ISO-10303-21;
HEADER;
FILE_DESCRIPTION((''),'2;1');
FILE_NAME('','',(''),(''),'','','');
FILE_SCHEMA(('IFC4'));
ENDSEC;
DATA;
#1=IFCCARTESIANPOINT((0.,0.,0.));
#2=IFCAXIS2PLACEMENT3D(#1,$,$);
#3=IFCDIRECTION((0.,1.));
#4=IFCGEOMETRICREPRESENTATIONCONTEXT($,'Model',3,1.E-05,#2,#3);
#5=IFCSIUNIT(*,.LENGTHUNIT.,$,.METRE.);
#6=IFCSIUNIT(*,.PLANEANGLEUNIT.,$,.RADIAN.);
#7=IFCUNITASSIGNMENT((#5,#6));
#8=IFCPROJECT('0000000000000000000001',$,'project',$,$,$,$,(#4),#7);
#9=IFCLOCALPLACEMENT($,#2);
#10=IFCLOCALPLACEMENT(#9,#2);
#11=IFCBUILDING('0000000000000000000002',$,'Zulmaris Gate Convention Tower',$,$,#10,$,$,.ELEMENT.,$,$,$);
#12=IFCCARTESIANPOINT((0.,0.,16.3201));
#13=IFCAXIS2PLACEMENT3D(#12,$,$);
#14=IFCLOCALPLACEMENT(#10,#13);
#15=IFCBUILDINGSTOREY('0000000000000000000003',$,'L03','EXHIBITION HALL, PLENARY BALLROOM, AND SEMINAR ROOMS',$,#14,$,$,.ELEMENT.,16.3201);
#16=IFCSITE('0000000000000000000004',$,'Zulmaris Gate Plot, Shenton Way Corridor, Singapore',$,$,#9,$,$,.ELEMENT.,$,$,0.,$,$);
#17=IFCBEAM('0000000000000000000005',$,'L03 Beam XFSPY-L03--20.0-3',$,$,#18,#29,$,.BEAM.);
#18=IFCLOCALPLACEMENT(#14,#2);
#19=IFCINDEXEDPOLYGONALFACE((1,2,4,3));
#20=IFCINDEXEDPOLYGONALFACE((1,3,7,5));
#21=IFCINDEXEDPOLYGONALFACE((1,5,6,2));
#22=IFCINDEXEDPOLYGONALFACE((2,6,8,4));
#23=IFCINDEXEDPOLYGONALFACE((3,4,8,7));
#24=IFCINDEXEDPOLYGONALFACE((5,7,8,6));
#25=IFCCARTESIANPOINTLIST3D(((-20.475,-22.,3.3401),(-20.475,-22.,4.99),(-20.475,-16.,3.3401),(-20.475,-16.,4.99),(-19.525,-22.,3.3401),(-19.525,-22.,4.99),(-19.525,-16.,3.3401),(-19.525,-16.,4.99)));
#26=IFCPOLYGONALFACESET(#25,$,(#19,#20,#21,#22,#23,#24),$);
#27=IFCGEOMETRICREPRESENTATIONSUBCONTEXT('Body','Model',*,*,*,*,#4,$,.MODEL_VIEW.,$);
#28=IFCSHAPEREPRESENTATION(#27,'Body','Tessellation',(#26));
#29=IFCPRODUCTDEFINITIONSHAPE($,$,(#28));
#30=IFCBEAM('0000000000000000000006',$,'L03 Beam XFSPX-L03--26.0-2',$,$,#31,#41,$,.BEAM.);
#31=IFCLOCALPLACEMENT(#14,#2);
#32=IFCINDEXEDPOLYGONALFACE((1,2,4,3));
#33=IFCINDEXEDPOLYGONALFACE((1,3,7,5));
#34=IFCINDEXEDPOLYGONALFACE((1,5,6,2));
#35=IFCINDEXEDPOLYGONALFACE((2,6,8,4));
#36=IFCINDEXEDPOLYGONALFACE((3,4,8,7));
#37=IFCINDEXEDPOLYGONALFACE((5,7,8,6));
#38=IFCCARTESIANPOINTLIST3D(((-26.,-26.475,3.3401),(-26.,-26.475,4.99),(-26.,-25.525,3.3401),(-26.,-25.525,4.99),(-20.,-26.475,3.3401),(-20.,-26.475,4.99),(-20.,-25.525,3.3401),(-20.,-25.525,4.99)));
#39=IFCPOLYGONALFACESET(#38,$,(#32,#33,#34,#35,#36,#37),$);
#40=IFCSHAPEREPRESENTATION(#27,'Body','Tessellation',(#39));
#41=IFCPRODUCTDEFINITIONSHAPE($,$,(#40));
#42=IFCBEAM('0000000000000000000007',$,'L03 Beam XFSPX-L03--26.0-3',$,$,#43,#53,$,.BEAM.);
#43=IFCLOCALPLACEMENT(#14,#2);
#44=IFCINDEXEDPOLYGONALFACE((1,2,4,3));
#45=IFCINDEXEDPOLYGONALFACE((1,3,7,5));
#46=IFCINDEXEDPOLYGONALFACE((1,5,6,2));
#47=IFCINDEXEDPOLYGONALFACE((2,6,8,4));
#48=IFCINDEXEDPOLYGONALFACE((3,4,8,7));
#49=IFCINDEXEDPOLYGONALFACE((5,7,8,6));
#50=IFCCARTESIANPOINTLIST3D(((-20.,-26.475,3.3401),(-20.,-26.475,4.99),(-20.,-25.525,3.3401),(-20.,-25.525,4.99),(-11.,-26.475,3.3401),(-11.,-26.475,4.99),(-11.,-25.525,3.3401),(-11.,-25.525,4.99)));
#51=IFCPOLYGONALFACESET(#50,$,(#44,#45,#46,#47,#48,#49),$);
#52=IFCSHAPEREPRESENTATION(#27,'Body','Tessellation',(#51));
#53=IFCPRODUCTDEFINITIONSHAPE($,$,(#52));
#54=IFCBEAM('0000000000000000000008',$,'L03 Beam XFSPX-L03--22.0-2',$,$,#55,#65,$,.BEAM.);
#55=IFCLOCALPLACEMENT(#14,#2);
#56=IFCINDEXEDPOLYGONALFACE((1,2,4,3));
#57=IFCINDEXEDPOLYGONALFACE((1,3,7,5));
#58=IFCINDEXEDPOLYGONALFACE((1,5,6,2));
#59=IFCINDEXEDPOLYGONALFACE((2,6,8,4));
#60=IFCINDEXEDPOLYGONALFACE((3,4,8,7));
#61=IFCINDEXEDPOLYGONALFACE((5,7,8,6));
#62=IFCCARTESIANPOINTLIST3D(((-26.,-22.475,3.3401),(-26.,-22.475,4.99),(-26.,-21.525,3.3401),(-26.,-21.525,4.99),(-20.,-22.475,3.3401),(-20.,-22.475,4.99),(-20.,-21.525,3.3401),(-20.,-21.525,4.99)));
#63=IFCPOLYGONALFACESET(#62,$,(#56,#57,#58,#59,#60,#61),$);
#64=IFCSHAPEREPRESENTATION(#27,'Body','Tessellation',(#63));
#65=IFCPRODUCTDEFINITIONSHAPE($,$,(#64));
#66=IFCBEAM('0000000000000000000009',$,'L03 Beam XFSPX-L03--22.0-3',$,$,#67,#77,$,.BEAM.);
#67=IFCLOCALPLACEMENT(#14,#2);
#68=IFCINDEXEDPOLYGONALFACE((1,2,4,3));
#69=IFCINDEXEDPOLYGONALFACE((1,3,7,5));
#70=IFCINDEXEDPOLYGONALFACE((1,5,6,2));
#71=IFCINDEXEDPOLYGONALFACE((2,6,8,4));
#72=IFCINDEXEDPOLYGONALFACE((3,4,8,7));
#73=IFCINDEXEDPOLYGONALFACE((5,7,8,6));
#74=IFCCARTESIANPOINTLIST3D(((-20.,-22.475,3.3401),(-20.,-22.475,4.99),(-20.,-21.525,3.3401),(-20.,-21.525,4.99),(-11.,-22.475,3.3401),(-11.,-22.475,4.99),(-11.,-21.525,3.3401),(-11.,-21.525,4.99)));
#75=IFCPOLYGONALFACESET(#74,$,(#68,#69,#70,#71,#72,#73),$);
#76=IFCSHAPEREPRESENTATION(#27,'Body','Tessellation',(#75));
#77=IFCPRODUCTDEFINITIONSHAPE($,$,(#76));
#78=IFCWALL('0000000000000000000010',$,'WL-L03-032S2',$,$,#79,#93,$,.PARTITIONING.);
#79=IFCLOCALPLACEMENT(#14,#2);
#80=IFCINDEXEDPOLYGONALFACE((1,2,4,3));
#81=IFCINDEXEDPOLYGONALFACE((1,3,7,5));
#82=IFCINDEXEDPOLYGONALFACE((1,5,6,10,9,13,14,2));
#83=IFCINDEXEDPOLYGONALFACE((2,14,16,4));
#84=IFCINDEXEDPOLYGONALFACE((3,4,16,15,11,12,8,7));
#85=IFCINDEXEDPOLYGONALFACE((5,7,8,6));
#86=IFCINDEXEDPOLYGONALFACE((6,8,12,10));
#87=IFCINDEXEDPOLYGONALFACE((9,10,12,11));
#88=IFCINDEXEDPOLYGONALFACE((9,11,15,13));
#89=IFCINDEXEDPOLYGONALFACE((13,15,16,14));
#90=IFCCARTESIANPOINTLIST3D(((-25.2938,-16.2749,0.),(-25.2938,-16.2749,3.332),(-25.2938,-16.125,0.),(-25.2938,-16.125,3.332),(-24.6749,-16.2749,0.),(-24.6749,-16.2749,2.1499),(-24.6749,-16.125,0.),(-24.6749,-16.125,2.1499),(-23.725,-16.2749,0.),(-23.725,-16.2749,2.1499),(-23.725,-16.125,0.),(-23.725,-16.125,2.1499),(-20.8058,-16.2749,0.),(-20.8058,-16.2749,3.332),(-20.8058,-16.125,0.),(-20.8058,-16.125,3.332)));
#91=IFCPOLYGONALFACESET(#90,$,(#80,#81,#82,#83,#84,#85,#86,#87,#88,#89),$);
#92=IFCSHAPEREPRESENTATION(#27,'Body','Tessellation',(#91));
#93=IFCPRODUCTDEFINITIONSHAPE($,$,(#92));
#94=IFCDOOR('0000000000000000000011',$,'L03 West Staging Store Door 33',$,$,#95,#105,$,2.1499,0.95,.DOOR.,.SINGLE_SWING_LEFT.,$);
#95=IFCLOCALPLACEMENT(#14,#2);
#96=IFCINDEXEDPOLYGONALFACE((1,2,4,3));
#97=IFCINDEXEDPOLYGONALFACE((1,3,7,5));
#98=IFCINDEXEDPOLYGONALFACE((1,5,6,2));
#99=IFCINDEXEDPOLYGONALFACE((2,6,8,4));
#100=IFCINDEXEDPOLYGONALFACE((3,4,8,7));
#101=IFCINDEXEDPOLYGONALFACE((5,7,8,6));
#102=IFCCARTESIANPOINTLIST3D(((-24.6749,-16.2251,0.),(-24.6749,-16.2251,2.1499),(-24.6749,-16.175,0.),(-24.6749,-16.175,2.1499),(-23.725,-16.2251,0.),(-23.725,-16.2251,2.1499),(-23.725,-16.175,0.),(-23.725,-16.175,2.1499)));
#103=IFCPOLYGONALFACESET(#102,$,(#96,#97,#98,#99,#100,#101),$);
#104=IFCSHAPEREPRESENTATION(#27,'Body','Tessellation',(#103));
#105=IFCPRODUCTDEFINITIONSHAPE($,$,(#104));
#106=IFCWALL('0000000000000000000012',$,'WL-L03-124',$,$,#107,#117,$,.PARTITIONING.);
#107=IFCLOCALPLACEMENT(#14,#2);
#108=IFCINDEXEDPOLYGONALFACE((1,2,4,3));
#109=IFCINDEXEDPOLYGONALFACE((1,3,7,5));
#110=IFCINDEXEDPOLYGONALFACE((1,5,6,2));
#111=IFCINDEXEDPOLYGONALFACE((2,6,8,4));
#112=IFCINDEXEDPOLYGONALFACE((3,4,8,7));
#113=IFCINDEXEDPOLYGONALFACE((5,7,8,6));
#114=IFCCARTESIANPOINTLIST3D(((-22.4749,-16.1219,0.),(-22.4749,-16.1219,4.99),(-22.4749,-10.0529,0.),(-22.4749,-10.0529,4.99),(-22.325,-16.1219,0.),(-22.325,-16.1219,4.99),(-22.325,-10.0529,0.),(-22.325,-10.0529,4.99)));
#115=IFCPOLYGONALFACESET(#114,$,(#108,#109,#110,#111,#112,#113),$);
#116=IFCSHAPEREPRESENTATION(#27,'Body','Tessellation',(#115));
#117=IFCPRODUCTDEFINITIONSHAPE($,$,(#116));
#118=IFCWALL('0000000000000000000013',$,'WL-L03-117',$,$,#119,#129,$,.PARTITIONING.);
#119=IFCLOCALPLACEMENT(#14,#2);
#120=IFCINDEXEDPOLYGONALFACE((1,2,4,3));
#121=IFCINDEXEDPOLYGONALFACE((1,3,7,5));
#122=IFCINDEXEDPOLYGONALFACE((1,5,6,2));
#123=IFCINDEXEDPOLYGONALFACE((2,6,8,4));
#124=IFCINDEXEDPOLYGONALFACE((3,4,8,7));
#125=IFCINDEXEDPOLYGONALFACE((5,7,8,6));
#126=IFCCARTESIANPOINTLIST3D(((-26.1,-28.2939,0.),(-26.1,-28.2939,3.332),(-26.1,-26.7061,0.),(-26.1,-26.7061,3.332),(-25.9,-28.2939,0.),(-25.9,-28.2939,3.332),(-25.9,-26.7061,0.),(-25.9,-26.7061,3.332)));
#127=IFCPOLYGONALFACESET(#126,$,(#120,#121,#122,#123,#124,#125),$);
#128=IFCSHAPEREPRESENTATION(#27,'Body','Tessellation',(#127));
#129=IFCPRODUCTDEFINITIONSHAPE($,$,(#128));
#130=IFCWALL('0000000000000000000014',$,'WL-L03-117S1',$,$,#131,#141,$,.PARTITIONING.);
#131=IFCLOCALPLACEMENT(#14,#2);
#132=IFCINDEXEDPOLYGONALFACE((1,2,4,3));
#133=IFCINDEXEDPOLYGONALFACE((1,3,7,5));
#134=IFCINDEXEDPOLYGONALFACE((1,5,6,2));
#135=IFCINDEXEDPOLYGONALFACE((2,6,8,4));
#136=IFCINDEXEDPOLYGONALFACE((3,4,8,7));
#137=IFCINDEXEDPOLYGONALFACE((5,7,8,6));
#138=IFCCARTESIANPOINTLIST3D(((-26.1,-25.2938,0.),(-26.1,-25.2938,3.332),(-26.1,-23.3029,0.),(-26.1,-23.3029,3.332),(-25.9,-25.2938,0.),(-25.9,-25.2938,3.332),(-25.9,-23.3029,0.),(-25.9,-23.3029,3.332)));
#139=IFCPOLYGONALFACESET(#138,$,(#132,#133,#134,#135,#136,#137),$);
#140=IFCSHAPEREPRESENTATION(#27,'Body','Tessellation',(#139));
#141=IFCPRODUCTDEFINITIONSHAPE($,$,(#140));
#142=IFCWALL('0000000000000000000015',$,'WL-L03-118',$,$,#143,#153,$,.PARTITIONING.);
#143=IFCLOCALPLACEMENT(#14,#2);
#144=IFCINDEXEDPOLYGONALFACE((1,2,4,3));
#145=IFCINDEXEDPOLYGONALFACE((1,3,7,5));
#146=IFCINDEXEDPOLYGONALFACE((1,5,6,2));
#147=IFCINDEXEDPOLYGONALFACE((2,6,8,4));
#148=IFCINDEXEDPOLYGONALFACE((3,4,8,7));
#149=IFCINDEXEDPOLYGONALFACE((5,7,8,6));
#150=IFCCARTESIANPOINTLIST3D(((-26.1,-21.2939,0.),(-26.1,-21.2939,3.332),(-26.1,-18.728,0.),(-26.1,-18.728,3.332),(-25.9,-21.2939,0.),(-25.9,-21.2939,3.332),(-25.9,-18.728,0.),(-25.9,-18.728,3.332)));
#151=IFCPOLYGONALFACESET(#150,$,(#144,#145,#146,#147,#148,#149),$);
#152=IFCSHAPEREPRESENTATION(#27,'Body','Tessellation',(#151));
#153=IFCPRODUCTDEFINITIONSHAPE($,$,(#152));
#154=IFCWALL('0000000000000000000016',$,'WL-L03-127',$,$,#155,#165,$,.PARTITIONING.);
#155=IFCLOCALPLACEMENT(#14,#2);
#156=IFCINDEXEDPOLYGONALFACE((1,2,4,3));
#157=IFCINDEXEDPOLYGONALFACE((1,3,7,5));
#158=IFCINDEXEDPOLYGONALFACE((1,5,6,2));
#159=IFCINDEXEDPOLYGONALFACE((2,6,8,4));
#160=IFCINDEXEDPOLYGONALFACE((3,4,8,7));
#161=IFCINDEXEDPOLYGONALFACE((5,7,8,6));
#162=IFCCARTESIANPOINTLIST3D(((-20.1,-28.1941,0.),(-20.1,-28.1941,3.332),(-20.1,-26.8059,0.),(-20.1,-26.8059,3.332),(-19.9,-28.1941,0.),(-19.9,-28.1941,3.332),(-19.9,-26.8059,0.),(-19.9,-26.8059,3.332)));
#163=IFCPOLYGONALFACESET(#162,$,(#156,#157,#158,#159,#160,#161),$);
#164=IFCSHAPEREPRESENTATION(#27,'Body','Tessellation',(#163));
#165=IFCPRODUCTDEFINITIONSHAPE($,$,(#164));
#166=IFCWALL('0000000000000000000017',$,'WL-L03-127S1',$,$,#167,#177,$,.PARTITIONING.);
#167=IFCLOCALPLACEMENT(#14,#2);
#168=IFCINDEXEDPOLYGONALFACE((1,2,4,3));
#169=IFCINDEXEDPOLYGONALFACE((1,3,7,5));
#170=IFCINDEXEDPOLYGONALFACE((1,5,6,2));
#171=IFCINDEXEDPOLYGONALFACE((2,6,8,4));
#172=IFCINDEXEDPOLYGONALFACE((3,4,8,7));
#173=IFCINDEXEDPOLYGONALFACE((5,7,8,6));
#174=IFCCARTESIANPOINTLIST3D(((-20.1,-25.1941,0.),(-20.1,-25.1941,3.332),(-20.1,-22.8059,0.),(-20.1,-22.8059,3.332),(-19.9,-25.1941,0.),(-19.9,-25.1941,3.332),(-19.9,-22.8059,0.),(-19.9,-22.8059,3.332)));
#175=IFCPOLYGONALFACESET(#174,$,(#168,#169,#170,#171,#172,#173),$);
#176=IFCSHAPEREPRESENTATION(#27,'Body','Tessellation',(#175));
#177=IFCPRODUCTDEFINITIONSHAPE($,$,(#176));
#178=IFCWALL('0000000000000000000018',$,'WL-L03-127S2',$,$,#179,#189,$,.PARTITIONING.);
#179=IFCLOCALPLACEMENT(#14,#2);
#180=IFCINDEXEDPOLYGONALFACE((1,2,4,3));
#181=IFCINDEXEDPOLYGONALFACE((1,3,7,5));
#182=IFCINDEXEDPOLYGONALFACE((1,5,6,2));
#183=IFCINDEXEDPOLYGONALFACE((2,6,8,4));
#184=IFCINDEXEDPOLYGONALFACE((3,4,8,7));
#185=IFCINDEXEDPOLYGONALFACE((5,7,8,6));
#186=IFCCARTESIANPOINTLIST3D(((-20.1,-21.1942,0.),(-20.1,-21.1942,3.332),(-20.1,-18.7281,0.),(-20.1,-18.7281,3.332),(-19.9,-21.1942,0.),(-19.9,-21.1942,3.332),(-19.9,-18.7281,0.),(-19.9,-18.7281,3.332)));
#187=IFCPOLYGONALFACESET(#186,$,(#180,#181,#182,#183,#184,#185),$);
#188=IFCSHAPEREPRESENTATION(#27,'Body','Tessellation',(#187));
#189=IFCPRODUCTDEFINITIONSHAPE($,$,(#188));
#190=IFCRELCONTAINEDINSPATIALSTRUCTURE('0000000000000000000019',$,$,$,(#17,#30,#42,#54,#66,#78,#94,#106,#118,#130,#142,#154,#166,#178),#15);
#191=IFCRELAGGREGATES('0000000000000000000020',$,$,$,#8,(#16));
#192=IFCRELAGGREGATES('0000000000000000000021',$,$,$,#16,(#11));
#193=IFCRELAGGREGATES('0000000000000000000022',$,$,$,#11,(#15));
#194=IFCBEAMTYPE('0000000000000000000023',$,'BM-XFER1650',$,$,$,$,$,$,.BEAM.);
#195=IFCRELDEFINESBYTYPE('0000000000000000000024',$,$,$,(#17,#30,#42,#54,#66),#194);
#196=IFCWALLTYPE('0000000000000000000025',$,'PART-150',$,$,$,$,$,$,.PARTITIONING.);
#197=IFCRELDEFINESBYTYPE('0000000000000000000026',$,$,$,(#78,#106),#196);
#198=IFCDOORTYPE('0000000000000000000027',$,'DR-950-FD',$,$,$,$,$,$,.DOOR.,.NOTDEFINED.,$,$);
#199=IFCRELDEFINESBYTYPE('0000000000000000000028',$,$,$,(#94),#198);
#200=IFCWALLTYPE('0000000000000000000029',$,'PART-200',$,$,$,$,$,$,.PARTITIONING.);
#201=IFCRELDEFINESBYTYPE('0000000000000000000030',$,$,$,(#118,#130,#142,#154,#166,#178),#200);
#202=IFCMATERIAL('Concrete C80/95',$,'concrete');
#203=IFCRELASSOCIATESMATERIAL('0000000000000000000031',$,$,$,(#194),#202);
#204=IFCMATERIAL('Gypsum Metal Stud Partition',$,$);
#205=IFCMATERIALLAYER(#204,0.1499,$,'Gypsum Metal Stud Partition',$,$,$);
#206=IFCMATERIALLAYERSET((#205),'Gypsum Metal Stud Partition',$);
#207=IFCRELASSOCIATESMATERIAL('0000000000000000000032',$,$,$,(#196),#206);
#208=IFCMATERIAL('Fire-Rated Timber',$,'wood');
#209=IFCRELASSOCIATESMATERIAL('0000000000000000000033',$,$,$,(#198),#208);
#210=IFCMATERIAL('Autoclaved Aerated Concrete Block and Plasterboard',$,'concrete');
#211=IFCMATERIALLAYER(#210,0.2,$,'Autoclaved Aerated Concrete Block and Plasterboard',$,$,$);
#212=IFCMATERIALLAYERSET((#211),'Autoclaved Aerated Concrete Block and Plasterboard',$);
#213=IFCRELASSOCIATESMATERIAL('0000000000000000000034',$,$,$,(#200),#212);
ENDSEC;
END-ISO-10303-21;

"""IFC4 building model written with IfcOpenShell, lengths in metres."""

from ifc_helpers import new_model, si_unit, direction, frame, frame_2d, origin, origin_2d, place, context, subcontext, project, spatial, rectangle, extrude, material, layer, layer_set, material_profile, profile_set, type_object, element, fill, save


model = new_model("IFC4")

# Units and contexts
model_context = context("Model", 3, precision=1e-05, world=origin(), true_north=direction((0.0, 1.0)))
body_context = subcontext(model_context, "Body", "Model", "MODEL_VIEW")
ifc_project = project(units=[si_unit("LENGTHUNIT", "METRE"), si_unit("PLANEANGLEUNIT", "RADIAN")], contexts=[model_context])

# Site, building, storey
site_placement = place(None, origin())
site = spatial("IfcSite", under=ifc_project, at=site_placement, Name="Zulmaris Gate Plot, Shenton Way Corridor, Singapore", CompositionType="ELEMENT", RefElevation=0.0)
building_placement = place(site_placement, origin())
building = spatial("IfcBuilding", under=site, at=building_placement, Name="Zulmaris Gate Convention Tower", CompositionType="ELEMENT")
storey_placement = place(building_placement, frame((0.0, 0.0, 16.3201)))
storey = spatial("IfcBuildingStorey", under=building, at=storey_placement, Name="L03", Description="EXHIBITION HALL, PLENARY BALLROOM, AND SEMINAR ROOMS", CompositionType="ELEMENT", Elevation=16.3201)

# Shared definitions
ifc_material_1 = material(Name="Concrete C80/95", Category="concrete")

# Beams
ifc_material_profile_1 = material_profile(ifc_material_1, rectangle(XDim=0.95, YDim=1.6499, at=origin_2d()), Name="RC TRANSFER 950x1650")
ifc_profile_set_1 = profile_set([ifc_material_profile_1], Name="Concrete C80/95")
beam_type = type_object("IfcBeamType", Name="BM-XFER1650", PredefinedType="BEAM", material=ifc_profile_set_1)
for number, where, z_axis, x_axis, name in (
    (1, (-20.0, -22.0, 4.165), (0.0, 1.0, 0.0), (-1.0, 0.0, 0.0), "L03 Beam XFSPY-L03--20.0-3"),
    (2, (-26.0, -26.0, 4.165), (1.0, 0.0, 0.0), (0.0, 1.0, 0.0), "L03 Beam XFSPX-L03--26.0-2"),
):
    element("IfcBeam", number, at=place(storey_placement, frame(where, z_axis=z_axis, x_axis=x_axis)), inside=storey, type_object=beam_type, Name=name, PredefinedType="BEAM", context=body_context, shape_type="SweptSolid", body=[
        extrude(rectangle(XDim=0.95, YDim=1.6499, at=origin_2d()), origin(), (0.0, 0.0, 1.0), 6.0),
    ])
beam_1_placement = place(storey_placement, frame((-20.0, -26.0, 4.165), z_axis=(1.0, 0.0, 0.0), x_axis=(0.0, 1.0, 0.0)))
element("IfcBeam", 3, at=beam_1_placement, inside=storey, type_object=beam_type, Name="L03 Beam XFSPX-L03--26.0-3", PredefinedType="BEAM", context=body_context, shape_type="SweptSolid", body=[
    extrude(rectangle(XDim=0.95, YDim=1.6499, at=origin_2d()), origin(), (0.0, 0.0, 1.0), 9.0),
])
beam_2_placement = place(storey_placement, frame((-26.0, -22.0, 4.165), z_axis=(1.0, 0.0, 0.0), x_axis=(0.0, 1.0, 0.0)))
element("IfcBeam", 4, at=beam_2_placement, inside=storey, type_object=beam_type, Name="L03 Beam XFSPX-L03--22.0-2", PredefinedType="BEAM", context=body_context, shape_type="SweptSolid", body=[
    extrude(rectangle(XDim=0.95, YDim=1.6499, at=origin_2d()), origin(), (0.0, 0.0, 1.0), 6.0),
])
beam_3_placement = place(storey_placement, frame((-20.0, -22.0, 4.165), z_axis=(1.0, 0.0, 0.0), x_axis=(0.0, 1.0, 0.0)))
element("IfcBeam", 5, at=beam_3_placement, inside=storey, type_object=beam_type, Name="L03 Beam XFSPX-L03--22.0-3", PredefinedType="BEAM", context=body_context, shape_type="SweptSolid", body=[
    extrude(rectangle(XDim=0.95, YDim=1.6499, at=origin_2d()), origin(), (0.0, 0.0, 1.0), 9.0),
])

# Wall, opening, door
ifc_material_2 = material(Name="Gypsum Metal Stud Partition")
ifc_layer_1 = layer(ifc_material_2, 0.1499, Name="Gypsum Metal Stud Partition")
ifc_layer_set_1 = layer_set([ifc_layer_1], Name="Gypsum Metal Stud Partition")
wall_type_1 = type_object("IfcWallType", Name="PART-150", PredefinedType="PARTITIONING", material=ifc_layer_set_1)
wall_1_placement = place(storey_placement, frame((-25.2939, -16.2, 0.0), z_axis=(0.0, 0.0, 1.0), x_axis=(1.0, 0.0, 0.0)))
wall_1 = element("IfcWall", 6, at=wall_1_placement, inside=storey, type_object=wall_type_1, Name="WL-L03-032S2", PredefinedType="PARTITIONING", context=body_context, shape_type="SweptSolid", body=[
    extrude(rectangle(XDim=4.488, YDim=0.1499, at=frame_2d((2.2441, 0.0))), origin(), (0.0, 0.0, 1.0), 3.332),
])
opening_placement = place(wall_1_placement, frame((0.6189, 0.0, 0.0)))
opening = element("IfcOpeningElement", 7, at=opening_placement, cuts=wall_1, PredefinedType="OPENING", context=body_context, shape_type="SweptSolid", body=[
    extrude(rectangle(XDim=0.95, YDim=2.1499, at=frame_2d((0.4751, 1.075))), frame((0.0, 0.085, 0.0), z_axis=(0.0, -1.0, 0.0), x_axis=(1.0, 0.0, 0.0)), (0.0, 0.0, 1.0), 0.1699),
])
ifc_material_3 = material(Name="Fire-Rated Timber", Category="wood")
door_type = type_object("IfcDoorType", Name="DR-950-FD", OperationType="NOTDEFINED", PredefinedType="DOOR", material=ifc_material_3)
door_placement = place(opening_placement, origin())
door = element("IfcDoor", 8, at=door_placement, inside=storey, type_object=door_type, Name="L03 West Staging Store Door 33", OperationType="SINGLE_SWING_LEFT", OverallHeight=2.1499, OverallWidth=0.95, PredefinedType="DOOR", context=body_context, shape_type="SweptSolid", body=[
    extrude(rectangle(XDim=0.95, YDim=2.1499, at=frame_2d((0.4751, 1.075))), frame((0.0, 0.0249, 0.0), z_axis=(0.0, -1.0, 0.0), x_axis=(1.0, 0.0, 0.0)), (0.0, 0.0, 1.0), 0.05),
])
fill(opening, door)

# Walls
wall_2_placement = place(storey_placement, frame((-22.3999, -16.1221, 0.0), z_axis=(0.0, 0.0, 1.0), x_axis=(0.0, 1.0, 0.0)))
element("IfcWall", 9, at=wall_2_placement, inside=storey, type_object=wall_type_1, Name="WL-L03-124", PredefinedType="PARTITIONING", context=body_context, shape_type="SweptSolid", body=[
    extrude(rectangle(XDim=6.0691, YDim=0.1499, at=frame_2d((3.0347, 0.0))), origin(), (0.0, 0.0, 1.0), 4.99),
])
ifc_material_4 = material(Name="Autoclaved Aerated Concrete Block and Plasterboard", Category="concrete")
ifc_layer_2 = layer(ifc_material_4, 0.2, Name="Autoclaved Aerated Concrete Block and Plasterboard")
ifc_layer_set_2 = layer_set([ifc_layer_2], Name="Autoclaved Aerated Concrete Block and Plasterboard")
wall_type_2 = type_object("IfcWallType", Name="PART-200", PredefinedType="PARTITIONING", material=ifc_layer_set_2)
wall_3_placement = place(storey_placement, frame((-26.0, -28.2939, 0.0), z_axis=(0.0, 0.0, 1.0), x_axis=(0.0, 1.0, 0.0)))
element("IfcWall", 10, at=wall_3_placement, inside=storey, type_object=wall_type_2, Name="WL-L03-117", PredefinedType="PARTITIONING", context=body_context, shape_type="SweptSolid", body=[
    extrude(rectangle(XDim=1.5879, YDim=0.2, at=frame_2d((0.7939, 0.0))), origin(), (0.0, 0.0, 1.0), 3.332),
])
wall_4_placement = place(storey_placement, frame((-26.0, -25.2939, 0.0), z_axis=(0.0, 0.0, 1.0), x_axis=(0.0, 1.0, 0.0)))
element("IfcWall", 11, at=wall_4_placement, inside=storey, type_object=wall_type_2, Name="WL-L03-117S1", PredefinedType="PARTITIONING", context=body_context, shape_type="SweptSolid", body=[
    extrude(rectangle(XDim=1.991, YDim=0.2, at=frame_2d((0.9956, 0.0))), origin(), (0.0, 0.0, 1.0), 3.332),
])
wall_5_placement = place(storey_placement, frame((-26.0, -21.2939, 0.0), z_axis=(0.0, 0.0, 1.0), x_axis=(0.0, 1.0, 0.0)))
element("IfcWall", 12, at=wall_5_placement, inside=storey, type_object=wall_type_2, Name="WL-L03-118", PredefinedType="PARTITIONING", context=body_context, shape_type="SweptSolid", body=[
    extrude(rectangle(XDim=2.5659, YDim=0.2, at=frame_2d((1.283, 0.0))), origin(), (0.0, 0.0, 1.0), 3.332),
])
wall_6_placement = place(storey_placement, frame((-20.0, -28.1941, 0.0), z_axis=(0.0, 0.0, 1.0), x_axis=(0.0, 1.0, 0.0)))
element("IfcWall", 13, at=wall_6_placement, inside=storey, type_object=wall_type_2, Name="WL-L03-127", PredefinedType="PARTITIONING", context=body_context, shape_type="SweptSolid", body=[
    extrude(rectangle(XDim=1.3882, YDim=0.2, at=frame_2d((0.6941, 0.0))), origin(), (0.0, 0.0, 1.0), 3.332),
])
wall_7_placement = place(storey_placement, frame((-20.0, -25.1941, 0.0), z_axis=(0.0, 0.0, 1.0), x_axis=(0.0, 1.0, 0.0)))
element("IfcWall", 14, at=wall_7_placement, inside=storey, type_object=wall_type_2, Name="WL-L03-127S1", PredefinedType="PARTITIONING", context=body_context, shape_type="SweptSolid", body=[
    extrude(rectangle(XDim=2.3882, YDim=0.2, at=frame_2d((1.1941, 0.0))), origin(), (0.0, 0.0, 1.0), 3.332),
])
wall_8_placement = place(storey_placement, frame((-20.0, -21.1941, 0.0), z_axis=(0.0, 0.0, 1.0), x_axis=(0.0, 1.0, 0.0)))
element("IfcWall", 15, at=wall_8_placement, inside=storey, type_object=wall_type_2, Name="WL-L03-127S2", PredefinedType="PARTITIONING", context=body_context, shape_type="SweptSolid", body=[
    extrude(rectangle(XDim=2.4661, YDim=0.2, at=frame_2d((1.2329, 0.0))), origin(), (0.0, 0.0, 1.0), 3.332),
])

save(model, "model.ifc")
